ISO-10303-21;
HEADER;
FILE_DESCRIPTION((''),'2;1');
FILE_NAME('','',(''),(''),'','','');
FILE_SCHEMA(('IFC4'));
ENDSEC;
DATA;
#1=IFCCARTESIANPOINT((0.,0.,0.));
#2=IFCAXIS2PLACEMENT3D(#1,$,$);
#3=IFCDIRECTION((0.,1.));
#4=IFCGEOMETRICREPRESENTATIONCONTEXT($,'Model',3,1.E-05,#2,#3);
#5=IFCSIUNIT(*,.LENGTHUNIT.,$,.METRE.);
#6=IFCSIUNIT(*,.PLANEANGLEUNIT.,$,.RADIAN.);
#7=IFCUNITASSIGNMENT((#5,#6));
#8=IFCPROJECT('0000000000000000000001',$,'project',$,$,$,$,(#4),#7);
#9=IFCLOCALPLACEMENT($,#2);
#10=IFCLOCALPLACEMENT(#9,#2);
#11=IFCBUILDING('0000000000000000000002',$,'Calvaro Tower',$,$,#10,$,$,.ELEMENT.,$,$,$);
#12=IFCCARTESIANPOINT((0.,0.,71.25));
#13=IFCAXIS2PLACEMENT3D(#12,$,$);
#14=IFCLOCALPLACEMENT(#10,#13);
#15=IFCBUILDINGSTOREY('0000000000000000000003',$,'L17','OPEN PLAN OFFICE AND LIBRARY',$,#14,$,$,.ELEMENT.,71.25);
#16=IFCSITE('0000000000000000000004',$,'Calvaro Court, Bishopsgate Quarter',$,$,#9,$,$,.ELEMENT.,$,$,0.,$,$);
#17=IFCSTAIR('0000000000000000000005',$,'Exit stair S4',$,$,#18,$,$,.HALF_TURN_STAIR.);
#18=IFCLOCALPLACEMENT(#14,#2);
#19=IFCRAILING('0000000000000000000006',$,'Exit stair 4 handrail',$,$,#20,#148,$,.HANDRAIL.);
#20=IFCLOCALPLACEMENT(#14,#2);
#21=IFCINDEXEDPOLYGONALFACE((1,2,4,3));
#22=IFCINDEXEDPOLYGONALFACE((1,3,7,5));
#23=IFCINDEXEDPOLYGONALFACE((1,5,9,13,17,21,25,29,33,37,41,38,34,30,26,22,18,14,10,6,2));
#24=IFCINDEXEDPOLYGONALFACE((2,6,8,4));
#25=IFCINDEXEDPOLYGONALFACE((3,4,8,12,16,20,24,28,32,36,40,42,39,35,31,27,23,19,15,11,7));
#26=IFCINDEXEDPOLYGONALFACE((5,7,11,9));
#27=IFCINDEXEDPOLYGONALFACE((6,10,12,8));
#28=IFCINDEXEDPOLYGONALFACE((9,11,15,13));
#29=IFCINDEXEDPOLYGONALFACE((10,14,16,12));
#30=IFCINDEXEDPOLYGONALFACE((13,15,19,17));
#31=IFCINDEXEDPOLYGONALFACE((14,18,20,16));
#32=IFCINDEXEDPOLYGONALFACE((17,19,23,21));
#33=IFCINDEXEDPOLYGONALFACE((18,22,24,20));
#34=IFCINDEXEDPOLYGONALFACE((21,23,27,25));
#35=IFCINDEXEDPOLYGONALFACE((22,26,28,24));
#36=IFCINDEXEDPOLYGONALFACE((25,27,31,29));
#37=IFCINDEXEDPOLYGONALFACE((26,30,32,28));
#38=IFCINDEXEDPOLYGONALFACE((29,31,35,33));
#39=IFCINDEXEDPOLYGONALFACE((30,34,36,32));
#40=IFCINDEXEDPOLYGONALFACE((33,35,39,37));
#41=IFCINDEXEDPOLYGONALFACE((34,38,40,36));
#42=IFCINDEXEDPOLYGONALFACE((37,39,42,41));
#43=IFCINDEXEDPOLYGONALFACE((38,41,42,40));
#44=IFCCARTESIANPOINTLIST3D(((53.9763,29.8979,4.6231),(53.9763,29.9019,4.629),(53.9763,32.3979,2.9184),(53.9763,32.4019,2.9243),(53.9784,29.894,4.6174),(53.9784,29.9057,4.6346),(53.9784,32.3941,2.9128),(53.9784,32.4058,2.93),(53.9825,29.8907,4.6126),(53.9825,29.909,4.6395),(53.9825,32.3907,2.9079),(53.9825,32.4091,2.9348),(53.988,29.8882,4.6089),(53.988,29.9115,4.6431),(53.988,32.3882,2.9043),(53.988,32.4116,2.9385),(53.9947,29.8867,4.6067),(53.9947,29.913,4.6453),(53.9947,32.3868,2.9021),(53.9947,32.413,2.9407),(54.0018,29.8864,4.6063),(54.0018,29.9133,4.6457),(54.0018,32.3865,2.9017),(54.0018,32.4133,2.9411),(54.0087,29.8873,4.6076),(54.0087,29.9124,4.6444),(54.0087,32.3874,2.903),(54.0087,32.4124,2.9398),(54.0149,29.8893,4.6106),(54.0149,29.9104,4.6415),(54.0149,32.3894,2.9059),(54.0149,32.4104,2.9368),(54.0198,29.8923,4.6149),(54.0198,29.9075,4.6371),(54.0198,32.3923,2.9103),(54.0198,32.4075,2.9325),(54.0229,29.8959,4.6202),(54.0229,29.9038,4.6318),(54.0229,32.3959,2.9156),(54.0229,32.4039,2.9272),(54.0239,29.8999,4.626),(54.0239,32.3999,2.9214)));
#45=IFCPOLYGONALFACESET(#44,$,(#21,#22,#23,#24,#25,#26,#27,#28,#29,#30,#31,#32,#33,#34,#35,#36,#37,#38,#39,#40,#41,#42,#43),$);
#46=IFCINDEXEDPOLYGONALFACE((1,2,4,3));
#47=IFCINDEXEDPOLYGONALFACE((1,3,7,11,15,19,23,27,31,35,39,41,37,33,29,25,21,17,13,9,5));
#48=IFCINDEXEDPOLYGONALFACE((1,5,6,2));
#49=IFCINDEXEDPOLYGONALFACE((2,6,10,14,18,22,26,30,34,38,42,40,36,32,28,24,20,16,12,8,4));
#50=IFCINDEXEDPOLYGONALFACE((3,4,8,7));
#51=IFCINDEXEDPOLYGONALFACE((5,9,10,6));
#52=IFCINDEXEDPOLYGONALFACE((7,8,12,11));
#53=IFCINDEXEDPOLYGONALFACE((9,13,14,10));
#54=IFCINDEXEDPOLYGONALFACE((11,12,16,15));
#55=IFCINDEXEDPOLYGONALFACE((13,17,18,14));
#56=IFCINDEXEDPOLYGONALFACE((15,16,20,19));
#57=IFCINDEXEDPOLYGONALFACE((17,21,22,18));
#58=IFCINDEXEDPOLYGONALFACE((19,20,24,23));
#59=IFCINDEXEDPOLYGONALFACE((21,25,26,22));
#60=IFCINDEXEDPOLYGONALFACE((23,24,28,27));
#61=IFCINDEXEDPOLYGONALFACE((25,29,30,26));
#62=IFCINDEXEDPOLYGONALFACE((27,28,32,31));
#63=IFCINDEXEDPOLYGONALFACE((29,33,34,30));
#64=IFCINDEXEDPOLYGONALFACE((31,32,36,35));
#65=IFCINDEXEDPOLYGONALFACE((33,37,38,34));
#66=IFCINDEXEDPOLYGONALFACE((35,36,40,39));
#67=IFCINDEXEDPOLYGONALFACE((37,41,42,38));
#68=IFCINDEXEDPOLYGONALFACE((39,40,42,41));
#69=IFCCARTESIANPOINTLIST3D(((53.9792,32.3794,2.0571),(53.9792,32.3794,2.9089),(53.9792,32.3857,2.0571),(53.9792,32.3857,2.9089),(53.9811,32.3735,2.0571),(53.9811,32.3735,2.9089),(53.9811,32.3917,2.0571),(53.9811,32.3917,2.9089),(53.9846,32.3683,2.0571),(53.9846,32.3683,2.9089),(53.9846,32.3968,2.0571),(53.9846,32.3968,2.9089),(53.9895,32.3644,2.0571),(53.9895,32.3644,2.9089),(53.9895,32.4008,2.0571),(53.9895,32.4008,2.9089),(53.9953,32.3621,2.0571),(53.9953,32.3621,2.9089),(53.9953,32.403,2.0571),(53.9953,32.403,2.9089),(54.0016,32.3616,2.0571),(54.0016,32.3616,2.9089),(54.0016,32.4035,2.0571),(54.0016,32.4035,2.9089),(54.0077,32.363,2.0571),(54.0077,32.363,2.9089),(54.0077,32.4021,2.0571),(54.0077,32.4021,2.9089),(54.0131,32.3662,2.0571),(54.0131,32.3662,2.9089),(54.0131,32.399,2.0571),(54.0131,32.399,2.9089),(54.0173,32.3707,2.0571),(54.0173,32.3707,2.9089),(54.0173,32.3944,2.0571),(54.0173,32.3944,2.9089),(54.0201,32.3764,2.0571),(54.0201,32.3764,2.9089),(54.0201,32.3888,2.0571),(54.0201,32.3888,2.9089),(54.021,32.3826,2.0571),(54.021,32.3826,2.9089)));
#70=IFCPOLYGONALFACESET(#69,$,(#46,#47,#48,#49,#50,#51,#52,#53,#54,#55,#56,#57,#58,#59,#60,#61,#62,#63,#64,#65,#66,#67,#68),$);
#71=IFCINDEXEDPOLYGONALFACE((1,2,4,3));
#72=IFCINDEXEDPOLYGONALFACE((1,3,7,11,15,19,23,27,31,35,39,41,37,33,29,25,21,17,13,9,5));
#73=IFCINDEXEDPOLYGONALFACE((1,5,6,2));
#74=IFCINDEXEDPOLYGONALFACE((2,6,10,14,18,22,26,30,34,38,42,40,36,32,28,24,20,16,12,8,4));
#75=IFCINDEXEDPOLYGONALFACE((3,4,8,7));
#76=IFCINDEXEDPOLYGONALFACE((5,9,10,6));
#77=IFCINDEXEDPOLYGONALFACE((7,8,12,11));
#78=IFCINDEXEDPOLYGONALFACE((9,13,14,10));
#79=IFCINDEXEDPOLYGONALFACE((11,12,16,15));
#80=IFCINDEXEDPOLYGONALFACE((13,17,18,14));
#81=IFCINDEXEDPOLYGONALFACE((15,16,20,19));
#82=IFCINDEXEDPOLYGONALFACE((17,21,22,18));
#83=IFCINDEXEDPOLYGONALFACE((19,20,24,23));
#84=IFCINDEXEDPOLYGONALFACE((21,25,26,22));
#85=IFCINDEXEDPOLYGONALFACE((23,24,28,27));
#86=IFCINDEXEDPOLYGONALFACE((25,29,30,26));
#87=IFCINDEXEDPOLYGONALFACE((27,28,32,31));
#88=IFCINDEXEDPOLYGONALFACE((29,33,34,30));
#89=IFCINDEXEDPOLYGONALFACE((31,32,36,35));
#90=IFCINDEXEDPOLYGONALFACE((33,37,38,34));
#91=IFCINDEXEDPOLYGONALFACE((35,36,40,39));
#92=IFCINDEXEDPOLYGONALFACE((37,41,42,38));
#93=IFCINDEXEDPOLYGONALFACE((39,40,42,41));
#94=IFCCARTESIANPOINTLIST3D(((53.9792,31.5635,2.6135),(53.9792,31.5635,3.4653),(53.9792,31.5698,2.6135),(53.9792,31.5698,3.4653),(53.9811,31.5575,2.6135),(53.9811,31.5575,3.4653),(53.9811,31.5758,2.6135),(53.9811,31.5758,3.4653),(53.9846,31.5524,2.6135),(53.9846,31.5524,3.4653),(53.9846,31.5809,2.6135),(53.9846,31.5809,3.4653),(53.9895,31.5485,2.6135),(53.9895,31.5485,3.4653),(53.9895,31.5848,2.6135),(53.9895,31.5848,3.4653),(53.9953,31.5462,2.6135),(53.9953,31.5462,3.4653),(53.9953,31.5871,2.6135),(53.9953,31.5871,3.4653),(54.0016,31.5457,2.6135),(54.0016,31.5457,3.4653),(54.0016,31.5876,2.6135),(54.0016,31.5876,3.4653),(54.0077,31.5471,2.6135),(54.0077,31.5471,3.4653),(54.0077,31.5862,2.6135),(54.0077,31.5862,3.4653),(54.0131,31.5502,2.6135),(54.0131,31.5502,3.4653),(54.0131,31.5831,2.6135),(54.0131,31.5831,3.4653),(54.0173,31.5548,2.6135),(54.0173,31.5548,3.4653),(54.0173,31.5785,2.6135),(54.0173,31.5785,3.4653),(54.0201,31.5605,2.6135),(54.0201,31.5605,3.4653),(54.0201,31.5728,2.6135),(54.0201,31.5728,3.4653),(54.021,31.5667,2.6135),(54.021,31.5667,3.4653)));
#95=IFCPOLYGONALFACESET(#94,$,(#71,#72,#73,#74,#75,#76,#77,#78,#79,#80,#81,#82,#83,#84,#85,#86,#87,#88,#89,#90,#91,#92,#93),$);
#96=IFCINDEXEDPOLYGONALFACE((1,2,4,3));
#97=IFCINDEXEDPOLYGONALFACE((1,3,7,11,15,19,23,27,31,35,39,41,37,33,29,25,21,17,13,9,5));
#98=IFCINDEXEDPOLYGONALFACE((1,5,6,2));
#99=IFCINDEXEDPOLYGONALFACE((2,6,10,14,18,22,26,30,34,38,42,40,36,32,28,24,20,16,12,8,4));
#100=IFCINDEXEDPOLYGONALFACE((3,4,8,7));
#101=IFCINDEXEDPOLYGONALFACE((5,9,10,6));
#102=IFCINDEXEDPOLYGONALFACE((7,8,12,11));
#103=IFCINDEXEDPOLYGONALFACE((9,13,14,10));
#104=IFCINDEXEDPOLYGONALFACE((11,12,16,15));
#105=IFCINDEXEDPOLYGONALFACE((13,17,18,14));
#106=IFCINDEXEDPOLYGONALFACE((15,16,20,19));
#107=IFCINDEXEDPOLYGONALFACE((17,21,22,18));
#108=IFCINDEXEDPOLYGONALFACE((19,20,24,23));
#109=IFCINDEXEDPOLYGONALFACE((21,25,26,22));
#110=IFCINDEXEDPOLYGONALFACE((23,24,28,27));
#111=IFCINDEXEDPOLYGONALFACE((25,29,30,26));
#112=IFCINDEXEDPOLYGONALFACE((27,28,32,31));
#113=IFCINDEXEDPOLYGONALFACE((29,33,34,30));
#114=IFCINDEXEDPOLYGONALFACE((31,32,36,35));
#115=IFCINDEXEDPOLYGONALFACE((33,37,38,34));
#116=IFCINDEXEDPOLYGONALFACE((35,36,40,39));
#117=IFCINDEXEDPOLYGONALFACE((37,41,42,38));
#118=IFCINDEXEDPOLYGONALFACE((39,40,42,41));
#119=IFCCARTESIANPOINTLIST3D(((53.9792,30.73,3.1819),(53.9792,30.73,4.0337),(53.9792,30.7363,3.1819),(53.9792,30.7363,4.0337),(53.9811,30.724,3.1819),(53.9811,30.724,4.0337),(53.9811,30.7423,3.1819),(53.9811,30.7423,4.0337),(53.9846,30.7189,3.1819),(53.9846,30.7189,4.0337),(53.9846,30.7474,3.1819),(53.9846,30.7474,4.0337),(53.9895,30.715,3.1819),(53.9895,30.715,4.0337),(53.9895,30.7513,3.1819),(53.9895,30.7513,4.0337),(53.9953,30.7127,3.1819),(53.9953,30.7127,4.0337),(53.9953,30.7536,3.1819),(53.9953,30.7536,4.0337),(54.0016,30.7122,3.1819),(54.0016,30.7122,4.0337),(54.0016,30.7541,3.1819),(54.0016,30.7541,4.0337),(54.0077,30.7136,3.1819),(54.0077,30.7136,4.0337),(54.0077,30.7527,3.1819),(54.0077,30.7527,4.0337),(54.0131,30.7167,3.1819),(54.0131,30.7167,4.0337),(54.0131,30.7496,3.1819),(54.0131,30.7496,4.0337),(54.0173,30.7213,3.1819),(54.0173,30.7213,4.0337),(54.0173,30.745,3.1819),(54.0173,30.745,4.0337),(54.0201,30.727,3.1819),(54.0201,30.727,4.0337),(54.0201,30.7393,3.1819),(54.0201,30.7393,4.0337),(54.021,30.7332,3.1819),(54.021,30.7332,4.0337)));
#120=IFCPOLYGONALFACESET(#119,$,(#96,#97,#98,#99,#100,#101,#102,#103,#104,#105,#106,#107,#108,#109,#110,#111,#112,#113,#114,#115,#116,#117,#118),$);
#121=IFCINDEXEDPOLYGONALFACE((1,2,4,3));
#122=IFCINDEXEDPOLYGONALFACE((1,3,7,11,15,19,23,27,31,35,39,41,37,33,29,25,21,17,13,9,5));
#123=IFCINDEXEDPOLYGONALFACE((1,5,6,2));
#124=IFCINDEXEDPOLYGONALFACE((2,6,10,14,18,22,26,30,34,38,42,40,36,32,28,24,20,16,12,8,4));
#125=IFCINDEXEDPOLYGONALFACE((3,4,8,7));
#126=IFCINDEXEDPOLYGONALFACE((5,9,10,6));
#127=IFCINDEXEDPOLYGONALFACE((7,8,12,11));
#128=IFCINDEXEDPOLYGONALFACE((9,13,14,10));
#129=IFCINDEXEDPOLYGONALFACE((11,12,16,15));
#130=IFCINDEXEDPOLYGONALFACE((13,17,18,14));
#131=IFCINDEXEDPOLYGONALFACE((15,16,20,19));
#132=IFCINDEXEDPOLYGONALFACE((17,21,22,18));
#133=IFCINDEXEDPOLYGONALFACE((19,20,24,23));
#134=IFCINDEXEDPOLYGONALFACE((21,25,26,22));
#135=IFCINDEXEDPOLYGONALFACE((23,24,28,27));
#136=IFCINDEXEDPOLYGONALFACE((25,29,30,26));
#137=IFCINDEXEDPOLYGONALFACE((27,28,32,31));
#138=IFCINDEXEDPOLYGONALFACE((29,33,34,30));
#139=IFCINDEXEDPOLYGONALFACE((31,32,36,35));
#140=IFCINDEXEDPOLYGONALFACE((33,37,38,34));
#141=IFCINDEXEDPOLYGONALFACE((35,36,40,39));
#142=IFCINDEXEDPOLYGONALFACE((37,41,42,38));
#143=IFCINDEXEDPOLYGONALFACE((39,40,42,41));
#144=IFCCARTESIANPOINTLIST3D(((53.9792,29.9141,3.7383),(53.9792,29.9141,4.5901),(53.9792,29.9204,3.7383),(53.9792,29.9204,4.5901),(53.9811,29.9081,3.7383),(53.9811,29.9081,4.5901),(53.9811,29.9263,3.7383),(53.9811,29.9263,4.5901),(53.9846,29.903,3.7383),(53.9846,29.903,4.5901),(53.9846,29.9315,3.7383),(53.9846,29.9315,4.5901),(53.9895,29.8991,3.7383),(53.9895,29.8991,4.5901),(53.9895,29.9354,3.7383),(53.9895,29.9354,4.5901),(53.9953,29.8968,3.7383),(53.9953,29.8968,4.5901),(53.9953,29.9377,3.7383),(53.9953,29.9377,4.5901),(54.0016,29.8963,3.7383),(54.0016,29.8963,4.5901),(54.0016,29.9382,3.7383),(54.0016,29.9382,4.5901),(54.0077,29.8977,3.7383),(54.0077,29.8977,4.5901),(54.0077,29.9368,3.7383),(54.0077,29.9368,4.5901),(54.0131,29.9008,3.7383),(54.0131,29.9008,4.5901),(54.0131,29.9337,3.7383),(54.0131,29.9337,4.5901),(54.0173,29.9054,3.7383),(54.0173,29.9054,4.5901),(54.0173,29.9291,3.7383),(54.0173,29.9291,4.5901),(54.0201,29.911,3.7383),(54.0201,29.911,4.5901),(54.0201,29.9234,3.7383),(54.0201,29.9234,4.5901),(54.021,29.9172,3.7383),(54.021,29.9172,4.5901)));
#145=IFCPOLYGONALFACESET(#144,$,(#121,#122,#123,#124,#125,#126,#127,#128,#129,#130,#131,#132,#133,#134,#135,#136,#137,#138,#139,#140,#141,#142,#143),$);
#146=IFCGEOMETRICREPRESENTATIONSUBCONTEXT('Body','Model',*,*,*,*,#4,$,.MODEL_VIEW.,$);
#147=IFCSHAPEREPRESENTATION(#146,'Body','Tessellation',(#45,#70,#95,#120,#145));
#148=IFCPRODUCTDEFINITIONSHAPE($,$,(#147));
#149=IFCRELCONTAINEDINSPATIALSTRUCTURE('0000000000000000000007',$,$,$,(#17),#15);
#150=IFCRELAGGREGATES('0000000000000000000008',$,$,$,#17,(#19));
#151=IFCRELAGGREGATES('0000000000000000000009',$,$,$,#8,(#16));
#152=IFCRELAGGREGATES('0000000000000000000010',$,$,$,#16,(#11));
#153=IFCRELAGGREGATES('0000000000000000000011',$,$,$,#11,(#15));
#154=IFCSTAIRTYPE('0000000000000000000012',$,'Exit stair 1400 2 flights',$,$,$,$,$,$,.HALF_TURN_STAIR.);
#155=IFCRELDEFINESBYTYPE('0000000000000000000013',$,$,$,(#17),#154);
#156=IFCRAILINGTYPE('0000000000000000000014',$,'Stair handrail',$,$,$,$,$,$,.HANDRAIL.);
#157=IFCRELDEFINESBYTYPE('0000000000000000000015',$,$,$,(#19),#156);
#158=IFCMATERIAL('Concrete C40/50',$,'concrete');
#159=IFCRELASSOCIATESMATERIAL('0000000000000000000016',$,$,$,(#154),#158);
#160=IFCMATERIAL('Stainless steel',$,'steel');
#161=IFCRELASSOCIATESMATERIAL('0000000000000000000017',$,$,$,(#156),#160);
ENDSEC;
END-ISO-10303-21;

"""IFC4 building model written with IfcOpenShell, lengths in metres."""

from ifc_helpers import new_model, si_unit, direction, frame, origin, origin_2d, place, context, subcontext, project, spatial, circle, extrude, material, type_object, element, aggregate, save


model = new_model("IFC4")

# Units and contexts
model_context = context("Model", 3, precision=1e-05, world=origin(), true_north=direction((0.0, 1.0)))
body_context = subcontext(model_context, "Body", "Model", "MODEL_VIEW")
ifc_project = project(units=[si_unit("LENGTHUNIT", "METRE"), si_unit("PLANEANGLEUNIT", "RADIAN")], contexts=[model_context])

# Site, building, storey
site_placement = place(None, origin())
site = spatial("IfcSite", under=ifc_project, at=site_placement, Name="Calvaro Court, Bishopsgate Quarter", CompositionType="ELEMENT", RefElevation=0.0)
building_placement = place(site_placement, origin())
building = spatial("IfcBuilding", under=site, at=building_placement, Name="Calvaro Tower", CompositionType="ELEMENT")
storey_placement = place(building_placement, frame((0.0, 0.0, 71.25)))
storey = spatial("IfcBuildingStorey", under=building, at=storey_placement, Name="L17", Description="OPEN PLAN OFFICE AND LIBRARY", CompositionType="ELEMENT", Elevation=71.25)

# Shared definitions
ifc_material_1 = material(Name="Concrete C40/50", Category="concrete")
stair_type = type_object("IfcStairType", Name="Exit stair 1400 2 flights", PredefinedType="HALF_TURN_STAIR", material=ifc_material_1)

# Stair, railing
stair_1_placement = place(storey_placement, origin())
stair_1 = element("IfcStair", 1, at=stair_1_placement, inside=storey, type_object=stair_type, Name="Exit stair S4", PredefinedType="HALF_TURN_STAIR")
ifc_material_2 = material(Name="Stainless steel", Category="steel")
railing_type = type_object("IfcRailingType", Name="Stair handrail", PredefinedType="HANDRAIL", material=ifc_material_2)
railing_1_placement = place(storey_placement, frame((54.0, 32.3999, 2.0454)))
railing_1 = element("IfcRailing", 2, at=railing_1_placement, type_object=railing_type, Name="Exit stair 4 handrail", PredefinedType="HANDRAIL", context=body_context, shape_type="SweptSolid", body=[
    extrude(circle(Radius=0.0239, at=origin_2d()), frame((0.0, 0.0, 0.876), z_axis=(0.0, -0.826221, 0.563347), x_axis=(1.0, 0.0, 0.0)), (0.0, 0.0, 1.0), 3.0259),
    extrude(circle(Radius=0.021, at=origin_2d()), frame((0.0, -0.0173, 0.0117)), (0.0, 0.0, 1.0), 0.8518),
    extrude(circle(Radius=0.021, at=origin_2d()), frame((0.0, -0.8333, 0.5681)), (0.0, 0.0, 1.0), 0.8518),
    extrude(circle(Radius=0.021, at=origin_2d()), frame((0.0, -1.6667, 1.1365)), (0.0, 0.0, 1.0), 0.8518),
    extrude(circle(Radius=0.021, at=origin_2d()), frame((0.0, -2.4827, 1.6929)), (0.0, 0.0, 1.0), 0.8518),
])
aggregate(stair_1, [railing_1])

save(model, "model.ifc")
